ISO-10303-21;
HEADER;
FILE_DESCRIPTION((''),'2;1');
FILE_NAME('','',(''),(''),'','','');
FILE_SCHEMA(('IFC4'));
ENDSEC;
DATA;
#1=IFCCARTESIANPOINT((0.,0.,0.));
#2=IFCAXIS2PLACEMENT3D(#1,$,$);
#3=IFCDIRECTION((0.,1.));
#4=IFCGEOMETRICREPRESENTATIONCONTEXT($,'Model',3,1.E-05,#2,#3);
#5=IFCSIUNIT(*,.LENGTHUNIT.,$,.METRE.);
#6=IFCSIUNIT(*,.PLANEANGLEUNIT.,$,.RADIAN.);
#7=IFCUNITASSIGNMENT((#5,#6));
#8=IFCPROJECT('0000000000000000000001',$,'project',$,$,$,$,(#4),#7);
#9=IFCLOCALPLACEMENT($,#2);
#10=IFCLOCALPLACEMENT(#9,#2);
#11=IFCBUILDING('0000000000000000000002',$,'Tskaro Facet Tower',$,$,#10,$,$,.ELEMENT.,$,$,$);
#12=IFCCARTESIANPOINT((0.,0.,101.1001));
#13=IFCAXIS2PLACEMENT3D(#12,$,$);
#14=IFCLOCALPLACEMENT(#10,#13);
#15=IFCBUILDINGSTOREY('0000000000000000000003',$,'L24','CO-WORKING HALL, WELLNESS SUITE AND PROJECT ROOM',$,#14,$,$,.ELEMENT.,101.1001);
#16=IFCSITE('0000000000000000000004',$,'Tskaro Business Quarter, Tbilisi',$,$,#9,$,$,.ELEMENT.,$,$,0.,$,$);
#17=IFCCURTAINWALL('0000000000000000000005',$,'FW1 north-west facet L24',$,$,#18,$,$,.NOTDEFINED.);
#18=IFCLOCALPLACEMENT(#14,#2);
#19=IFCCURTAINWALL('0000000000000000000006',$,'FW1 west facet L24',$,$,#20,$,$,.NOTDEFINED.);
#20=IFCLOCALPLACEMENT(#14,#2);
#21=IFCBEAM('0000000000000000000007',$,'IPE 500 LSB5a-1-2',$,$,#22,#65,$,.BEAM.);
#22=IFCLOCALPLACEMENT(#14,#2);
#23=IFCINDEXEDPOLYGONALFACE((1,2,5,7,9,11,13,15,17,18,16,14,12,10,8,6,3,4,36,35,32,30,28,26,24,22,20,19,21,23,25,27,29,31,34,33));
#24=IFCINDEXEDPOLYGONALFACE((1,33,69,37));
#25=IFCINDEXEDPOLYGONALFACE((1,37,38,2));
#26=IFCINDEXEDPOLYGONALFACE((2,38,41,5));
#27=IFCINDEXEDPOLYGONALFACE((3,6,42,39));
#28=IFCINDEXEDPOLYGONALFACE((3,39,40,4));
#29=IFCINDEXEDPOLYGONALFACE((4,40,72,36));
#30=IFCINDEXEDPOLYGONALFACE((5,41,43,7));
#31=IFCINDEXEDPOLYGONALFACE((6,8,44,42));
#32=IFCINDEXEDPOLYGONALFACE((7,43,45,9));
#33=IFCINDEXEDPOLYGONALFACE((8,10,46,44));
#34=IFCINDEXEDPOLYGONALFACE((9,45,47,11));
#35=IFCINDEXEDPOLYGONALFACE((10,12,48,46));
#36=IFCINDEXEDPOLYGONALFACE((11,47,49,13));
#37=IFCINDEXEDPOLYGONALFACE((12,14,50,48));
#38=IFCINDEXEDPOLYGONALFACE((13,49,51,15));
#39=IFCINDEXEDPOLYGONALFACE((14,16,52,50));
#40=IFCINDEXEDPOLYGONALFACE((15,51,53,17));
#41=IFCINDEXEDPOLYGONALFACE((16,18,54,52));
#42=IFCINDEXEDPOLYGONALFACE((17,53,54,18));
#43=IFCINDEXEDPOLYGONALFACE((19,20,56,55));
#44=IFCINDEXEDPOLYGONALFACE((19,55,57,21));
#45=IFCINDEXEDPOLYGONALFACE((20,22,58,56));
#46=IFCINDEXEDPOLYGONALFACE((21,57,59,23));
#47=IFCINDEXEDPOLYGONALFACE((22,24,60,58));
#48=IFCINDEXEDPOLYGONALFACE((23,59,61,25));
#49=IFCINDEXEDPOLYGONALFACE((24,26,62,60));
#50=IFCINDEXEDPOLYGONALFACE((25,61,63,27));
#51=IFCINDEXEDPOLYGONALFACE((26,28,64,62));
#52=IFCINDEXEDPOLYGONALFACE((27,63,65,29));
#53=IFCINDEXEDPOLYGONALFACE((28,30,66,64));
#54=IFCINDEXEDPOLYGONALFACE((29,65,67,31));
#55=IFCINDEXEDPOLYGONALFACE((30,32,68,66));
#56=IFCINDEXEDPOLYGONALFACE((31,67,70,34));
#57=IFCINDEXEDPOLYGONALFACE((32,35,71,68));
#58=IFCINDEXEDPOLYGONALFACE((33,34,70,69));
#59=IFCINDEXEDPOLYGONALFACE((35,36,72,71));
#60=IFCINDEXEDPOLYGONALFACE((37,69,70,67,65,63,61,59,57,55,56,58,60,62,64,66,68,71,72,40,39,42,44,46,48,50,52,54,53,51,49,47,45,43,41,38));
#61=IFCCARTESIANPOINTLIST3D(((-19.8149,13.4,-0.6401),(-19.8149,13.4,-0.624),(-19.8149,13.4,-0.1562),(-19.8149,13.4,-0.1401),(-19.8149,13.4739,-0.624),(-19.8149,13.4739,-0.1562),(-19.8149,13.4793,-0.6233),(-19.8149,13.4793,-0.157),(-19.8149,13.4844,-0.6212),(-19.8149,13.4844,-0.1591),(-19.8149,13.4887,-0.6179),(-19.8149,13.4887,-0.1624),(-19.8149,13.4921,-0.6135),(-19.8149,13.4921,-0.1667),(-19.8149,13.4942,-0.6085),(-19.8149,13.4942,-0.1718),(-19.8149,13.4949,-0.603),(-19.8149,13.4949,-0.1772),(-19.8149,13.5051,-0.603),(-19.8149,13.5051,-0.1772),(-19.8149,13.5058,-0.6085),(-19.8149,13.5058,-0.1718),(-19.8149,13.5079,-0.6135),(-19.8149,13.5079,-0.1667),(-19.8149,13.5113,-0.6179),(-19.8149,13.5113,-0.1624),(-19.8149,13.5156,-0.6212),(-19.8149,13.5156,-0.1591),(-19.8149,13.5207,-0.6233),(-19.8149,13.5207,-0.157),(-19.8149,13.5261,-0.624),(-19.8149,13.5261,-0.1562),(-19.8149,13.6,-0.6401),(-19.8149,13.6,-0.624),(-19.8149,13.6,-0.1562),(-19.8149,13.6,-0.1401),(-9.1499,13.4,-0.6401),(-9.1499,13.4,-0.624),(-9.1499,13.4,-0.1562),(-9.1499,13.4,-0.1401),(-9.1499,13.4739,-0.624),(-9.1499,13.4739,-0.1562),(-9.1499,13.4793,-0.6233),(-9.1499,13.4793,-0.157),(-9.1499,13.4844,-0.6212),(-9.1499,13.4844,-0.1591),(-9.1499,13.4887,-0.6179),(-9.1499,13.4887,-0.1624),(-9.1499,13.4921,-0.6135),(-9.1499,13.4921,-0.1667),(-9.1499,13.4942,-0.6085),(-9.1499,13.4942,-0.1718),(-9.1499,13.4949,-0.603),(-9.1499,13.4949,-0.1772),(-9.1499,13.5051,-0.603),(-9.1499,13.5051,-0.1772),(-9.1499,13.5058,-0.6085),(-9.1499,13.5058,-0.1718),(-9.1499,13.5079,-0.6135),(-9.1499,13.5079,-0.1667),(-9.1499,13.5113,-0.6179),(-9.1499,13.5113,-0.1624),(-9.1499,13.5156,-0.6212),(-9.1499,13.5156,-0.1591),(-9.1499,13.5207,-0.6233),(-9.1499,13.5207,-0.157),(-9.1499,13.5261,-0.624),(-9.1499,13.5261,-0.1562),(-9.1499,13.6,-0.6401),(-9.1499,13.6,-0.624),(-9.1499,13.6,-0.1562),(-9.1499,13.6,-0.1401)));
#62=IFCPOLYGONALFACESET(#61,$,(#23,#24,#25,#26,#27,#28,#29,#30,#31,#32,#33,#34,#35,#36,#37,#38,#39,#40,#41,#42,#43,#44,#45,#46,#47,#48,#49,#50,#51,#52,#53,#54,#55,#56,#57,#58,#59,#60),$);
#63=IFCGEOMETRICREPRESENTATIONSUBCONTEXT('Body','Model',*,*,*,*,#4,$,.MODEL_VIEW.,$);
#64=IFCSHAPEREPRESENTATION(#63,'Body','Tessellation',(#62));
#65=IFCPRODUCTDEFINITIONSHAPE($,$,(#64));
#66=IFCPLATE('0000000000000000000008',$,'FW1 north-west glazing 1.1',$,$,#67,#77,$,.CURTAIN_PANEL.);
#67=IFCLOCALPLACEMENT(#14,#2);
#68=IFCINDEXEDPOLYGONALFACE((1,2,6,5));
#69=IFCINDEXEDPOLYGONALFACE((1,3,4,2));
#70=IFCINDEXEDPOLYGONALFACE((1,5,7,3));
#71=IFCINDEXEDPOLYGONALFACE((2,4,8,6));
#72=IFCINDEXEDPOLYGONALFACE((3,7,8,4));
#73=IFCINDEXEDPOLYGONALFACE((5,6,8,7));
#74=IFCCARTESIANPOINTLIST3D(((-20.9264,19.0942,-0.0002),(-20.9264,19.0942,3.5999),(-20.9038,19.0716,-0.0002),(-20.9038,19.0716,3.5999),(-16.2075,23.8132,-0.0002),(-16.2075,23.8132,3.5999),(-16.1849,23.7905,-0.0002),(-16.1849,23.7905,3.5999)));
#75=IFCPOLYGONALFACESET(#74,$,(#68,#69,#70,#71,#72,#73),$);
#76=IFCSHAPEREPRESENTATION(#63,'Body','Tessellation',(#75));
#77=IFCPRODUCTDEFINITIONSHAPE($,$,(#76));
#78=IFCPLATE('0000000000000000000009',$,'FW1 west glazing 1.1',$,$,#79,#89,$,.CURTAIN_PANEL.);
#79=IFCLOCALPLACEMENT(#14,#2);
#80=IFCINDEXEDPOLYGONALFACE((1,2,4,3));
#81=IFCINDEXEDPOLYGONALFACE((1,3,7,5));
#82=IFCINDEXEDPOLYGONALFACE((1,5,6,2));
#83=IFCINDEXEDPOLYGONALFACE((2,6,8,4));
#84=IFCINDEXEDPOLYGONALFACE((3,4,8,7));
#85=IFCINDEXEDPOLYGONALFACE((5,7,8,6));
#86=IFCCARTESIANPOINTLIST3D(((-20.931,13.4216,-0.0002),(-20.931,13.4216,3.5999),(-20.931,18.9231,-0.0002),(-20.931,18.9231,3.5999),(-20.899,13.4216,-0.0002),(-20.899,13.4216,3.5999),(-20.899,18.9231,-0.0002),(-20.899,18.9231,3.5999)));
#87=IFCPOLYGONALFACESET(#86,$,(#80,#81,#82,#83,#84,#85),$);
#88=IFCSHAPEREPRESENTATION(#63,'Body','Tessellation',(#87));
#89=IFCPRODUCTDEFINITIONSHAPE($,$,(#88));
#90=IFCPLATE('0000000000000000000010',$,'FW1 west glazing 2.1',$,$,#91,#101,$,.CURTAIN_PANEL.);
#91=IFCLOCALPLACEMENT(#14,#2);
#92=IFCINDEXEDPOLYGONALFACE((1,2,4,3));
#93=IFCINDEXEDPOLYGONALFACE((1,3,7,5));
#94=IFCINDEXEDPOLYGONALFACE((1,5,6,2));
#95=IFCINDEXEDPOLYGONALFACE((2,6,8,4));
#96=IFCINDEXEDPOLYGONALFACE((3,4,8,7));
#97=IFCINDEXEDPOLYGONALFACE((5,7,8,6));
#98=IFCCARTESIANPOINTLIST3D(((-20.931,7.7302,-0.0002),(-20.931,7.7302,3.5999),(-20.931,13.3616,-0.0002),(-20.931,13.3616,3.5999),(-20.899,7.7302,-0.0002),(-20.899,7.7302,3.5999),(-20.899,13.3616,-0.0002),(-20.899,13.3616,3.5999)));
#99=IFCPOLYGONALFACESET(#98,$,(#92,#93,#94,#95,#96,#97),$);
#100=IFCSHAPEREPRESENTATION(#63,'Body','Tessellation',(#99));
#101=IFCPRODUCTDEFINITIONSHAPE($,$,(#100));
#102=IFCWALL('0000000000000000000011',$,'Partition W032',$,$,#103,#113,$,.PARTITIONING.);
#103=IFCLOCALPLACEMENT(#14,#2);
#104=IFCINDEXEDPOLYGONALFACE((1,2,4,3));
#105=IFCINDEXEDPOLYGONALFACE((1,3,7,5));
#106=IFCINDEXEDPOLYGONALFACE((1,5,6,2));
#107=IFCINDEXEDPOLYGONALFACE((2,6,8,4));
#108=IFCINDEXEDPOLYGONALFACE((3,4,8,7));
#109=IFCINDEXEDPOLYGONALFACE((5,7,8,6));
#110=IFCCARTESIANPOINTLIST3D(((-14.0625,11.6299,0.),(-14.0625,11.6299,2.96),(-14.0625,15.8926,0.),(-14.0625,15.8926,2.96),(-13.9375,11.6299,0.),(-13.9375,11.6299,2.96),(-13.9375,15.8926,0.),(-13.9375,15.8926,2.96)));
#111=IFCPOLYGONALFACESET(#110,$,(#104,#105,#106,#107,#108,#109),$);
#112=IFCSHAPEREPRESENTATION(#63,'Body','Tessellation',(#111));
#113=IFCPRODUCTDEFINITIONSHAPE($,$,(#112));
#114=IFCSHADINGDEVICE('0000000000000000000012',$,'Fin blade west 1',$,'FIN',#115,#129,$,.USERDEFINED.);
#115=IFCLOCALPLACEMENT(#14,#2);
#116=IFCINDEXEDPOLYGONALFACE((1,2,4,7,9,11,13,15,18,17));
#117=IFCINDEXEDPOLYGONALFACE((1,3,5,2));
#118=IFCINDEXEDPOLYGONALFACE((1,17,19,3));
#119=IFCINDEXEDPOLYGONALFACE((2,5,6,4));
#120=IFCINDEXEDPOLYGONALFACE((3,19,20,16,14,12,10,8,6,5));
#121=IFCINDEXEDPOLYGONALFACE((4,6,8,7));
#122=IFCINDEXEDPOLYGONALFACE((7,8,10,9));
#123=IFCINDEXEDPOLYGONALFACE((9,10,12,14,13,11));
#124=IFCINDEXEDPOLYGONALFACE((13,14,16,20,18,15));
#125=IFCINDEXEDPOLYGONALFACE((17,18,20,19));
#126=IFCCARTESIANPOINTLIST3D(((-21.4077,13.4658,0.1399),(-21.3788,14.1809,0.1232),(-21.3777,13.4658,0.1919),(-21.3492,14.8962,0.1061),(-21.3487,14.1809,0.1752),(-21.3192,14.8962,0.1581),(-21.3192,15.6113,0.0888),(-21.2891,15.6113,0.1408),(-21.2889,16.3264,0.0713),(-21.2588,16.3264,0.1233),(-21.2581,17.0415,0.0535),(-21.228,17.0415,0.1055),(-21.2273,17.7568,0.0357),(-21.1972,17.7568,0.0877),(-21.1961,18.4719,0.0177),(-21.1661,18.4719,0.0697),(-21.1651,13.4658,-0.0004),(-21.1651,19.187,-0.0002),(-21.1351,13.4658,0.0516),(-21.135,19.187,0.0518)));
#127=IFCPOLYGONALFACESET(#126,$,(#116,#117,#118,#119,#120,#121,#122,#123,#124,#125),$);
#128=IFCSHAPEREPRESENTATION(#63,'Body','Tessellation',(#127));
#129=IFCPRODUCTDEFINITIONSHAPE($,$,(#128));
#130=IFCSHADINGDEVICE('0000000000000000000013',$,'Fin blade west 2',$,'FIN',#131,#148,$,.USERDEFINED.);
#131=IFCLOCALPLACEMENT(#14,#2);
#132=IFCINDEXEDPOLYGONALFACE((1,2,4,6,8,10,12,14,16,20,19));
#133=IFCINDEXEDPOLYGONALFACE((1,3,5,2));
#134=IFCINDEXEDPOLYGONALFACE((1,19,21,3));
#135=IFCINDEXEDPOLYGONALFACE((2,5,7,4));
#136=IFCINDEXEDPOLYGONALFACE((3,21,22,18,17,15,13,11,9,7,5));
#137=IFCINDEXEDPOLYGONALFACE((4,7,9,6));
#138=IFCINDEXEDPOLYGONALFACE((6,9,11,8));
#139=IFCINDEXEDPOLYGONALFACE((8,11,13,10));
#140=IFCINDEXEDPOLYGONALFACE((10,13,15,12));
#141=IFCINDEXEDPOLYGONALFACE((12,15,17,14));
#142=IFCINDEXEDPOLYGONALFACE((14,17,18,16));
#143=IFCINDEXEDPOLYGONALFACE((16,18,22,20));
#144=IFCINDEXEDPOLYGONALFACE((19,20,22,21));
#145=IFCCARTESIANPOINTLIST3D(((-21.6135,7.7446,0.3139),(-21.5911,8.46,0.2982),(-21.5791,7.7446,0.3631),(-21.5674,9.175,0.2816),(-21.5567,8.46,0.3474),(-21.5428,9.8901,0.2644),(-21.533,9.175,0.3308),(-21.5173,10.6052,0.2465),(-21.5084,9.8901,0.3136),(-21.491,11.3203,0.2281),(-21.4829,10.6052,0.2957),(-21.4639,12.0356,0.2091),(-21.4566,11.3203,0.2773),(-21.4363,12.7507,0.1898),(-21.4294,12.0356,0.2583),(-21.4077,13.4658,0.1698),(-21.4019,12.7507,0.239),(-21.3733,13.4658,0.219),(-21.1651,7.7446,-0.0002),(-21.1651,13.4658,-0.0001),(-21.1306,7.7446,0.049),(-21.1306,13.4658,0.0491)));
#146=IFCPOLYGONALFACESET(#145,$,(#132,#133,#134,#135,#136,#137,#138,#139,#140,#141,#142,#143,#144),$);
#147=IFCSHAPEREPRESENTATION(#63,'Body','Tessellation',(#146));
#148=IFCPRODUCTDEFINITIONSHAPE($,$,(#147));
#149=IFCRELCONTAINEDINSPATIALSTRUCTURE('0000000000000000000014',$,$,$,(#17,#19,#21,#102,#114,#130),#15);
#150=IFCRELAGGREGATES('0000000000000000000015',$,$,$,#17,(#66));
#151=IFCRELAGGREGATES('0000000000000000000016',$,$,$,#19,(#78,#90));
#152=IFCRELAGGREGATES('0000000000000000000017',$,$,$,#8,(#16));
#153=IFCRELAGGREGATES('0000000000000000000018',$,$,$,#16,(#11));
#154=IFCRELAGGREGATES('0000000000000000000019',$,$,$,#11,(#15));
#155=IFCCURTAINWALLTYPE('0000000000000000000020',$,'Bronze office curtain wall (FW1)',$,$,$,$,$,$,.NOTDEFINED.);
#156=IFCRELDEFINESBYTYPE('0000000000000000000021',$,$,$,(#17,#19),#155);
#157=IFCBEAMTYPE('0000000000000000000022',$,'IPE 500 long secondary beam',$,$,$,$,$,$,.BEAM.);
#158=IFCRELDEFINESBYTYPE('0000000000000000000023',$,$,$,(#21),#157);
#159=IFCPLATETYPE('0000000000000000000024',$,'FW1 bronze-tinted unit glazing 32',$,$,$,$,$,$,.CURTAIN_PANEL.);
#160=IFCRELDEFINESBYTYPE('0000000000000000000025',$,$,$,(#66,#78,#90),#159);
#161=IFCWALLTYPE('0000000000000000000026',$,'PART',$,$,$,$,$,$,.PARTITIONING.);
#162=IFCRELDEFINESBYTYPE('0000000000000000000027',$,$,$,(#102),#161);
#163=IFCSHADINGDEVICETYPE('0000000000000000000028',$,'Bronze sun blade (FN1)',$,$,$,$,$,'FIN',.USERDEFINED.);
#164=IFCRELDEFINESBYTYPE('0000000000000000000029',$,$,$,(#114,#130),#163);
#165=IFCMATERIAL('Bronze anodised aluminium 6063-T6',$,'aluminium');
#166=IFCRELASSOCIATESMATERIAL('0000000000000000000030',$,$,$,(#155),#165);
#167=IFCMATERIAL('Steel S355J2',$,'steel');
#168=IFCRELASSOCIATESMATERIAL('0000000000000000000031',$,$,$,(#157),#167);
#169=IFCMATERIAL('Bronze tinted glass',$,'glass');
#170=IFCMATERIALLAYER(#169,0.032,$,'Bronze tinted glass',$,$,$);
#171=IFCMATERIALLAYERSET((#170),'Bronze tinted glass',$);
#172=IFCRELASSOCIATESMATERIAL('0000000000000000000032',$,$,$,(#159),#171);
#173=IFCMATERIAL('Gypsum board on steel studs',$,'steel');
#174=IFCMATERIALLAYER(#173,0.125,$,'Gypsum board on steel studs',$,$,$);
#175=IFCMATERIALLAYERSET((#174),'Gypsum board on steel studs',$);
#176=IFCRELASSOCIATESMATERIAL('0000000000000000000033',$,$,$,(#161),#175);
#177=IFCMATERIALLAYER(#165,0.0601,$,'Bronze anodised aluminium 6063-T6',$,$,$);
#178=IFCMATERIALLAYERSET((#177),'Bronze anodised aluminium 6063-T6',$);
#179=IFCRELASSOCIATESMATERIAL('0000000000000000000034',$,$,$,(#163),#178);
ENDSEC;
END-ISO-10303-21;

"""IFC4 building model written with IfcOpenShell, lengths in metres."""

from ifc_helpers import new_model, si_unit, direction, frame, frame_2d, origin, origin_2d, place, context, subcontext, project, spatial, polyline, rectangle, i_section, outline, extrude, material, layer, layer_set, material_profile, profile_set, type_object, element, aggregate, save


model = new_model("IFC4")

# Units and contexts
model_context = context("Model", 3, precision=1e-05, world=origin(), true_north=direction((0.0, 1.0)))
body_context = subcontext(model_context, "Body", "Model", "MODEL_VIEW")
ifc_project = project(units=[si_unit("LENGTHUNIT", "METRE"), si_unit("PLANEANGLEUNIT", "RADIAN")], contexts=[model_context])

# Site, building, storey
site_placement = place(None, origin())
site = spatial("IfcSite", under=ifc_project, at=site_placement, Name="Tskaro Business Quarter, Tbilisi", CompositionType="ELEMENT", RefElevation=0.0)
building_placement = place(site_placement, origin())
building = spatial("IfcBuilding", under=site, at=building_placement, Name="Tskaro Facet Tower", CompositionType="ELEMENT")
storey_placement = place(building_placement, frame((0.0, 0.0, 101.1001)))
storey = spatial("IfcBuildingStorey", under=building, at=storey_placement, Name="L24", Description="CO-WORKING HALL, WELLNESS SUITE AND PROJECT ROOM", CompositionType="ELEMENT", Elevation=101.1001)

# Curtain wall
ifc_material_1 = material(Name="Bronze anodised aluminium 6063-T6", Category="aluminium")
curtain_wall_type = type_object("IfcCurtainWallType", Name="Bronze office curtain wall (FW1)", PredefinedType="NOTDEFINED", material=ifc_material_1)
curtain_wall_1_placement = place(storey_placement, origin())
curtain_wall_1 = element("IfcCurtainWall", 1, at=curtain_wall_1_placement, inside=storey, type_object=curtain_wall_type, Name="FW1 north-west facet L24", PredefinedType="NOTDEFINED")

# Curtain wall
curtain_wall_2_placement = place(storey_placement, origin())
curtain_wall_2 = element("IfcCurtainWall", 2, at=curtain_wall_2_placement, inside=storey, type_object=curtain_wall_type, Name="FW1 west facet L24", PredefinedType="NOTDEFINED")

# Beam
ifc_material_2 = material(Name="Steel S355J2", Category="steel")
ifc_material_profile_1 = material_profile(ifc_material_2, i_section(OverallWidth=0.2, OverallDepth=0.5, WebThickness=0.0103, FlangeThickness=0.0161, FilletRadius=0.021, at=origin_2d()), Name="IPE 500")
ifc_profile_set_1 = profile_set([ifc_material_profile_1], Name="Steel S355J2")
beam_type_1 = type_object("IfcBeamType", Name="IPE 500 long secondary beam", PredefinedType="BEAM", material=ifc_profile_set_1)
beam_1_placement = place(storey_placement, frame((-19.8149, 13.5, -0.3901), z_axis=(1.0, 0.0, 0.0), x_axis=(0.0, 1.0, 0.0)))
element("IfcBeam", 3, at=beam_1_placement, inside=storey, type_object=beam_type_1, Name="IPE 500 LSB5a-1-2", PredefinedType="BEAM", context=body_context, shape_type="SweptSolid", body=[
    extrude(i_section(OverallWidth=0.2, OverallDepth=0.5, WebThickness=0.0103, FlangeThickness=0.0161, FilletRadius=0.021, at=origin_2d()), origin(), (0.0, 0.0, 1.0), 10.665),
])

# Plates
ifc_material_3 = material(Name="Bronze tinted glass", Category="glass")
ifc_layer_1 = layer(ifc_material_3, 0.032, Name="Bronze tinted glass")
ifc_layer_set_1 = layer_set([ifc_layer_1], Name="Bronze tinted glass")
plate_type = type_object("IfcPlateType", Name="FW1 bronze-tinted unit glazing 32", PredefinedType="CURTAIN_PANEL", material=ifc_layer_set_1)
plate_1_placement = place(storey_placement, frame((-18.5557, 21.4424, -0.0002), z_axis=(0.0, 0.0, 1.0), x_axis=(-0.707107, -0.707107, 0.0)))
plate_1 = element("IfcPlate", 4, at=plate_1_placement, type_object=plate_type, Name="FW1 north-west glazing 1.1", PredefinedType="CURTAIN_PANEL", context=body_context, shape_type="SweptSolid", body=[
    extrude(rectangle(XDim=6.6736, YDim=0.032, at=origin_2d()), origin(), (0.0, 0.0, 1.0), 3.6001),
])
aggregate(curtain_wall_1, [plate_1])
plate_2_placement = place(storey_placement, frame((-20.915, 16.1724, -0.0002), z_axis=(0.0, 0.0, 1.0), x_axis=(0.0, -1.0, 0.0)))
plate_2 = element("IfcPlate", 5, at=plate_2_placement, type_object=plate_type, Name="FW1 west glazing 1.1", PredefinedType="CURTAIN_PANEL", context=body_context, shape_type="SweptSolid", body=[
    extrude(rectangle(XDim=5.5015, YDim=0.032, at=origin_2d()), origin(), (0.0, 0.0, 1.0), 3.6001),
])
plate_3_placement = place(storey_placement, frame((-20.915, 10.5459, -0.0002), z_axis=(0.0, 0.0, 1.0), x_axis=(0.0, -1.0, 0.0)))
plate_3 = element("IfcPlate", 6, at=plate_3_placement, type_object=plate_type, Name="FW1 west glazing 2.1", PredefinedType="CURTAIN_PANEL", context=body_context, shape_type="SweptSolid", body=[
    extrude(rectangle(XDim=5.6313, YDim=0.032, at=origin_2d()), origin(), (0.0, 0.0, 1.0), 3.6001),
])
aggregate(curtain_wall_2, [plate_2, plate_3])

# Wall
ifc_material_4 = material(Name="Gypsum board on steel studs", Category="steel")
ifc_layer_2 = layer(ifc_material_4, 0.125, Name="Gypsum board on steel studs")
ifc_layer_set_2 = layer_set([ifc_layer_2], Name="Gypsum board on steel studs")
wall_type = type_object("IfcWallType", Name="PART", PredefinedType="PARTITIONING", material=ifc_layer_set_2)
wall_placement = place(storey_placement, frame((-14.0, 11.6299, 0.0), z_axis=(0.0, 0.0, 1.0), x_axis=(0.0, 1.0, 0.0)))
element("IfcWall", 7, at=wall_placement, inside=storey, type_object=wall_type, Name="Partition W032", PredefinedType="PARTITIONING", context=body_context, shape_type="SweptSolid", body=[
    extrude(rectangle(XDim=4.2627, YDim=0.125, at=frame_2d((2.1313, 0.0))), origin(), (0.0, 0.0, 1.0), 2.96),
])

# Shading devices
ifc_layer_3 = layer(ifc_material_1, 0.0601, Name="Bronze anodised aluminium 6063-T6")
ifc_layer_set_3 = layer_set([ifc_layer_3], Name="Bronze anodised aluminium 6063-T6")
shading_device_type = type_object("IfcShadingDeviceType", Name="Bronze sun blade (FN1)", ElementType="FIN", PredefinedType="USERDEFINED", material=ifc_layer_set_3)
shading_device_1_placement = place(storey_placement, frame((-21.135, 19.187, 0.0518), z_axis=(0.500485, -0.000023, 0.865745), x_axis=(-0.000012, -1.0, -0.00002)))
element("IfcShadingDevice", 8, at=shading_device_1_placement, inside=storey, type_object=shading_device_type, Name="Fin blade west 1", ObjectType="FIN", PredefinedType="USERDEFINED", context=body_context, shape_type="SweptSolid", body=[
    extrude(outline(polyline([(0.0, 0.0), (5.7212, 0.0), (5.7212, -0.2802), (5.0061, -0.2468), (4.2908, -0.2126), (3.5757, -0.178), (2.8606, -0.143), (2.1455, -0.1074), (1.4302, -0.0719), (0.7151, -0.0359), (0.0, 0.0)])), origin(), (0.0, 0.0, -1.0), 0.0601),
])
shading_device_2_placement = place(storey_placement, frame((-21.1306, 13.4658, 0.0491), z_axis=(0.573609, -0.000008, 0.81913), x_axis=(-0.000005, -1.0, -0.000006)))
element("IfcShadingDevice", 9, at=shading_device_2_placement, inside=storey, type_object=shading_device_type, Name="Fin blade west 2", ObjectType="FIN", PredefinedType="USERDEFINED", context=body_context, shape_type="SweptSolid", body=[
    extrude(outline(polyline([(0.0, 0.0), (5.7212, 0.0), (5.7212, -0.5475), (5.0059, -0.5201), (4.2908, -0.4912), (3.5757, -0.4612), (2.8606, -0.43), (2.1455, -0.3979), (1.4302, -0.3648), (0.7151, -0.3311), (0.0, -0.2963), (0.0, 0.0)])), origin(), (0.0, 0.0, -1.0), 0.0601),
])

save(model, "model.ifc")
